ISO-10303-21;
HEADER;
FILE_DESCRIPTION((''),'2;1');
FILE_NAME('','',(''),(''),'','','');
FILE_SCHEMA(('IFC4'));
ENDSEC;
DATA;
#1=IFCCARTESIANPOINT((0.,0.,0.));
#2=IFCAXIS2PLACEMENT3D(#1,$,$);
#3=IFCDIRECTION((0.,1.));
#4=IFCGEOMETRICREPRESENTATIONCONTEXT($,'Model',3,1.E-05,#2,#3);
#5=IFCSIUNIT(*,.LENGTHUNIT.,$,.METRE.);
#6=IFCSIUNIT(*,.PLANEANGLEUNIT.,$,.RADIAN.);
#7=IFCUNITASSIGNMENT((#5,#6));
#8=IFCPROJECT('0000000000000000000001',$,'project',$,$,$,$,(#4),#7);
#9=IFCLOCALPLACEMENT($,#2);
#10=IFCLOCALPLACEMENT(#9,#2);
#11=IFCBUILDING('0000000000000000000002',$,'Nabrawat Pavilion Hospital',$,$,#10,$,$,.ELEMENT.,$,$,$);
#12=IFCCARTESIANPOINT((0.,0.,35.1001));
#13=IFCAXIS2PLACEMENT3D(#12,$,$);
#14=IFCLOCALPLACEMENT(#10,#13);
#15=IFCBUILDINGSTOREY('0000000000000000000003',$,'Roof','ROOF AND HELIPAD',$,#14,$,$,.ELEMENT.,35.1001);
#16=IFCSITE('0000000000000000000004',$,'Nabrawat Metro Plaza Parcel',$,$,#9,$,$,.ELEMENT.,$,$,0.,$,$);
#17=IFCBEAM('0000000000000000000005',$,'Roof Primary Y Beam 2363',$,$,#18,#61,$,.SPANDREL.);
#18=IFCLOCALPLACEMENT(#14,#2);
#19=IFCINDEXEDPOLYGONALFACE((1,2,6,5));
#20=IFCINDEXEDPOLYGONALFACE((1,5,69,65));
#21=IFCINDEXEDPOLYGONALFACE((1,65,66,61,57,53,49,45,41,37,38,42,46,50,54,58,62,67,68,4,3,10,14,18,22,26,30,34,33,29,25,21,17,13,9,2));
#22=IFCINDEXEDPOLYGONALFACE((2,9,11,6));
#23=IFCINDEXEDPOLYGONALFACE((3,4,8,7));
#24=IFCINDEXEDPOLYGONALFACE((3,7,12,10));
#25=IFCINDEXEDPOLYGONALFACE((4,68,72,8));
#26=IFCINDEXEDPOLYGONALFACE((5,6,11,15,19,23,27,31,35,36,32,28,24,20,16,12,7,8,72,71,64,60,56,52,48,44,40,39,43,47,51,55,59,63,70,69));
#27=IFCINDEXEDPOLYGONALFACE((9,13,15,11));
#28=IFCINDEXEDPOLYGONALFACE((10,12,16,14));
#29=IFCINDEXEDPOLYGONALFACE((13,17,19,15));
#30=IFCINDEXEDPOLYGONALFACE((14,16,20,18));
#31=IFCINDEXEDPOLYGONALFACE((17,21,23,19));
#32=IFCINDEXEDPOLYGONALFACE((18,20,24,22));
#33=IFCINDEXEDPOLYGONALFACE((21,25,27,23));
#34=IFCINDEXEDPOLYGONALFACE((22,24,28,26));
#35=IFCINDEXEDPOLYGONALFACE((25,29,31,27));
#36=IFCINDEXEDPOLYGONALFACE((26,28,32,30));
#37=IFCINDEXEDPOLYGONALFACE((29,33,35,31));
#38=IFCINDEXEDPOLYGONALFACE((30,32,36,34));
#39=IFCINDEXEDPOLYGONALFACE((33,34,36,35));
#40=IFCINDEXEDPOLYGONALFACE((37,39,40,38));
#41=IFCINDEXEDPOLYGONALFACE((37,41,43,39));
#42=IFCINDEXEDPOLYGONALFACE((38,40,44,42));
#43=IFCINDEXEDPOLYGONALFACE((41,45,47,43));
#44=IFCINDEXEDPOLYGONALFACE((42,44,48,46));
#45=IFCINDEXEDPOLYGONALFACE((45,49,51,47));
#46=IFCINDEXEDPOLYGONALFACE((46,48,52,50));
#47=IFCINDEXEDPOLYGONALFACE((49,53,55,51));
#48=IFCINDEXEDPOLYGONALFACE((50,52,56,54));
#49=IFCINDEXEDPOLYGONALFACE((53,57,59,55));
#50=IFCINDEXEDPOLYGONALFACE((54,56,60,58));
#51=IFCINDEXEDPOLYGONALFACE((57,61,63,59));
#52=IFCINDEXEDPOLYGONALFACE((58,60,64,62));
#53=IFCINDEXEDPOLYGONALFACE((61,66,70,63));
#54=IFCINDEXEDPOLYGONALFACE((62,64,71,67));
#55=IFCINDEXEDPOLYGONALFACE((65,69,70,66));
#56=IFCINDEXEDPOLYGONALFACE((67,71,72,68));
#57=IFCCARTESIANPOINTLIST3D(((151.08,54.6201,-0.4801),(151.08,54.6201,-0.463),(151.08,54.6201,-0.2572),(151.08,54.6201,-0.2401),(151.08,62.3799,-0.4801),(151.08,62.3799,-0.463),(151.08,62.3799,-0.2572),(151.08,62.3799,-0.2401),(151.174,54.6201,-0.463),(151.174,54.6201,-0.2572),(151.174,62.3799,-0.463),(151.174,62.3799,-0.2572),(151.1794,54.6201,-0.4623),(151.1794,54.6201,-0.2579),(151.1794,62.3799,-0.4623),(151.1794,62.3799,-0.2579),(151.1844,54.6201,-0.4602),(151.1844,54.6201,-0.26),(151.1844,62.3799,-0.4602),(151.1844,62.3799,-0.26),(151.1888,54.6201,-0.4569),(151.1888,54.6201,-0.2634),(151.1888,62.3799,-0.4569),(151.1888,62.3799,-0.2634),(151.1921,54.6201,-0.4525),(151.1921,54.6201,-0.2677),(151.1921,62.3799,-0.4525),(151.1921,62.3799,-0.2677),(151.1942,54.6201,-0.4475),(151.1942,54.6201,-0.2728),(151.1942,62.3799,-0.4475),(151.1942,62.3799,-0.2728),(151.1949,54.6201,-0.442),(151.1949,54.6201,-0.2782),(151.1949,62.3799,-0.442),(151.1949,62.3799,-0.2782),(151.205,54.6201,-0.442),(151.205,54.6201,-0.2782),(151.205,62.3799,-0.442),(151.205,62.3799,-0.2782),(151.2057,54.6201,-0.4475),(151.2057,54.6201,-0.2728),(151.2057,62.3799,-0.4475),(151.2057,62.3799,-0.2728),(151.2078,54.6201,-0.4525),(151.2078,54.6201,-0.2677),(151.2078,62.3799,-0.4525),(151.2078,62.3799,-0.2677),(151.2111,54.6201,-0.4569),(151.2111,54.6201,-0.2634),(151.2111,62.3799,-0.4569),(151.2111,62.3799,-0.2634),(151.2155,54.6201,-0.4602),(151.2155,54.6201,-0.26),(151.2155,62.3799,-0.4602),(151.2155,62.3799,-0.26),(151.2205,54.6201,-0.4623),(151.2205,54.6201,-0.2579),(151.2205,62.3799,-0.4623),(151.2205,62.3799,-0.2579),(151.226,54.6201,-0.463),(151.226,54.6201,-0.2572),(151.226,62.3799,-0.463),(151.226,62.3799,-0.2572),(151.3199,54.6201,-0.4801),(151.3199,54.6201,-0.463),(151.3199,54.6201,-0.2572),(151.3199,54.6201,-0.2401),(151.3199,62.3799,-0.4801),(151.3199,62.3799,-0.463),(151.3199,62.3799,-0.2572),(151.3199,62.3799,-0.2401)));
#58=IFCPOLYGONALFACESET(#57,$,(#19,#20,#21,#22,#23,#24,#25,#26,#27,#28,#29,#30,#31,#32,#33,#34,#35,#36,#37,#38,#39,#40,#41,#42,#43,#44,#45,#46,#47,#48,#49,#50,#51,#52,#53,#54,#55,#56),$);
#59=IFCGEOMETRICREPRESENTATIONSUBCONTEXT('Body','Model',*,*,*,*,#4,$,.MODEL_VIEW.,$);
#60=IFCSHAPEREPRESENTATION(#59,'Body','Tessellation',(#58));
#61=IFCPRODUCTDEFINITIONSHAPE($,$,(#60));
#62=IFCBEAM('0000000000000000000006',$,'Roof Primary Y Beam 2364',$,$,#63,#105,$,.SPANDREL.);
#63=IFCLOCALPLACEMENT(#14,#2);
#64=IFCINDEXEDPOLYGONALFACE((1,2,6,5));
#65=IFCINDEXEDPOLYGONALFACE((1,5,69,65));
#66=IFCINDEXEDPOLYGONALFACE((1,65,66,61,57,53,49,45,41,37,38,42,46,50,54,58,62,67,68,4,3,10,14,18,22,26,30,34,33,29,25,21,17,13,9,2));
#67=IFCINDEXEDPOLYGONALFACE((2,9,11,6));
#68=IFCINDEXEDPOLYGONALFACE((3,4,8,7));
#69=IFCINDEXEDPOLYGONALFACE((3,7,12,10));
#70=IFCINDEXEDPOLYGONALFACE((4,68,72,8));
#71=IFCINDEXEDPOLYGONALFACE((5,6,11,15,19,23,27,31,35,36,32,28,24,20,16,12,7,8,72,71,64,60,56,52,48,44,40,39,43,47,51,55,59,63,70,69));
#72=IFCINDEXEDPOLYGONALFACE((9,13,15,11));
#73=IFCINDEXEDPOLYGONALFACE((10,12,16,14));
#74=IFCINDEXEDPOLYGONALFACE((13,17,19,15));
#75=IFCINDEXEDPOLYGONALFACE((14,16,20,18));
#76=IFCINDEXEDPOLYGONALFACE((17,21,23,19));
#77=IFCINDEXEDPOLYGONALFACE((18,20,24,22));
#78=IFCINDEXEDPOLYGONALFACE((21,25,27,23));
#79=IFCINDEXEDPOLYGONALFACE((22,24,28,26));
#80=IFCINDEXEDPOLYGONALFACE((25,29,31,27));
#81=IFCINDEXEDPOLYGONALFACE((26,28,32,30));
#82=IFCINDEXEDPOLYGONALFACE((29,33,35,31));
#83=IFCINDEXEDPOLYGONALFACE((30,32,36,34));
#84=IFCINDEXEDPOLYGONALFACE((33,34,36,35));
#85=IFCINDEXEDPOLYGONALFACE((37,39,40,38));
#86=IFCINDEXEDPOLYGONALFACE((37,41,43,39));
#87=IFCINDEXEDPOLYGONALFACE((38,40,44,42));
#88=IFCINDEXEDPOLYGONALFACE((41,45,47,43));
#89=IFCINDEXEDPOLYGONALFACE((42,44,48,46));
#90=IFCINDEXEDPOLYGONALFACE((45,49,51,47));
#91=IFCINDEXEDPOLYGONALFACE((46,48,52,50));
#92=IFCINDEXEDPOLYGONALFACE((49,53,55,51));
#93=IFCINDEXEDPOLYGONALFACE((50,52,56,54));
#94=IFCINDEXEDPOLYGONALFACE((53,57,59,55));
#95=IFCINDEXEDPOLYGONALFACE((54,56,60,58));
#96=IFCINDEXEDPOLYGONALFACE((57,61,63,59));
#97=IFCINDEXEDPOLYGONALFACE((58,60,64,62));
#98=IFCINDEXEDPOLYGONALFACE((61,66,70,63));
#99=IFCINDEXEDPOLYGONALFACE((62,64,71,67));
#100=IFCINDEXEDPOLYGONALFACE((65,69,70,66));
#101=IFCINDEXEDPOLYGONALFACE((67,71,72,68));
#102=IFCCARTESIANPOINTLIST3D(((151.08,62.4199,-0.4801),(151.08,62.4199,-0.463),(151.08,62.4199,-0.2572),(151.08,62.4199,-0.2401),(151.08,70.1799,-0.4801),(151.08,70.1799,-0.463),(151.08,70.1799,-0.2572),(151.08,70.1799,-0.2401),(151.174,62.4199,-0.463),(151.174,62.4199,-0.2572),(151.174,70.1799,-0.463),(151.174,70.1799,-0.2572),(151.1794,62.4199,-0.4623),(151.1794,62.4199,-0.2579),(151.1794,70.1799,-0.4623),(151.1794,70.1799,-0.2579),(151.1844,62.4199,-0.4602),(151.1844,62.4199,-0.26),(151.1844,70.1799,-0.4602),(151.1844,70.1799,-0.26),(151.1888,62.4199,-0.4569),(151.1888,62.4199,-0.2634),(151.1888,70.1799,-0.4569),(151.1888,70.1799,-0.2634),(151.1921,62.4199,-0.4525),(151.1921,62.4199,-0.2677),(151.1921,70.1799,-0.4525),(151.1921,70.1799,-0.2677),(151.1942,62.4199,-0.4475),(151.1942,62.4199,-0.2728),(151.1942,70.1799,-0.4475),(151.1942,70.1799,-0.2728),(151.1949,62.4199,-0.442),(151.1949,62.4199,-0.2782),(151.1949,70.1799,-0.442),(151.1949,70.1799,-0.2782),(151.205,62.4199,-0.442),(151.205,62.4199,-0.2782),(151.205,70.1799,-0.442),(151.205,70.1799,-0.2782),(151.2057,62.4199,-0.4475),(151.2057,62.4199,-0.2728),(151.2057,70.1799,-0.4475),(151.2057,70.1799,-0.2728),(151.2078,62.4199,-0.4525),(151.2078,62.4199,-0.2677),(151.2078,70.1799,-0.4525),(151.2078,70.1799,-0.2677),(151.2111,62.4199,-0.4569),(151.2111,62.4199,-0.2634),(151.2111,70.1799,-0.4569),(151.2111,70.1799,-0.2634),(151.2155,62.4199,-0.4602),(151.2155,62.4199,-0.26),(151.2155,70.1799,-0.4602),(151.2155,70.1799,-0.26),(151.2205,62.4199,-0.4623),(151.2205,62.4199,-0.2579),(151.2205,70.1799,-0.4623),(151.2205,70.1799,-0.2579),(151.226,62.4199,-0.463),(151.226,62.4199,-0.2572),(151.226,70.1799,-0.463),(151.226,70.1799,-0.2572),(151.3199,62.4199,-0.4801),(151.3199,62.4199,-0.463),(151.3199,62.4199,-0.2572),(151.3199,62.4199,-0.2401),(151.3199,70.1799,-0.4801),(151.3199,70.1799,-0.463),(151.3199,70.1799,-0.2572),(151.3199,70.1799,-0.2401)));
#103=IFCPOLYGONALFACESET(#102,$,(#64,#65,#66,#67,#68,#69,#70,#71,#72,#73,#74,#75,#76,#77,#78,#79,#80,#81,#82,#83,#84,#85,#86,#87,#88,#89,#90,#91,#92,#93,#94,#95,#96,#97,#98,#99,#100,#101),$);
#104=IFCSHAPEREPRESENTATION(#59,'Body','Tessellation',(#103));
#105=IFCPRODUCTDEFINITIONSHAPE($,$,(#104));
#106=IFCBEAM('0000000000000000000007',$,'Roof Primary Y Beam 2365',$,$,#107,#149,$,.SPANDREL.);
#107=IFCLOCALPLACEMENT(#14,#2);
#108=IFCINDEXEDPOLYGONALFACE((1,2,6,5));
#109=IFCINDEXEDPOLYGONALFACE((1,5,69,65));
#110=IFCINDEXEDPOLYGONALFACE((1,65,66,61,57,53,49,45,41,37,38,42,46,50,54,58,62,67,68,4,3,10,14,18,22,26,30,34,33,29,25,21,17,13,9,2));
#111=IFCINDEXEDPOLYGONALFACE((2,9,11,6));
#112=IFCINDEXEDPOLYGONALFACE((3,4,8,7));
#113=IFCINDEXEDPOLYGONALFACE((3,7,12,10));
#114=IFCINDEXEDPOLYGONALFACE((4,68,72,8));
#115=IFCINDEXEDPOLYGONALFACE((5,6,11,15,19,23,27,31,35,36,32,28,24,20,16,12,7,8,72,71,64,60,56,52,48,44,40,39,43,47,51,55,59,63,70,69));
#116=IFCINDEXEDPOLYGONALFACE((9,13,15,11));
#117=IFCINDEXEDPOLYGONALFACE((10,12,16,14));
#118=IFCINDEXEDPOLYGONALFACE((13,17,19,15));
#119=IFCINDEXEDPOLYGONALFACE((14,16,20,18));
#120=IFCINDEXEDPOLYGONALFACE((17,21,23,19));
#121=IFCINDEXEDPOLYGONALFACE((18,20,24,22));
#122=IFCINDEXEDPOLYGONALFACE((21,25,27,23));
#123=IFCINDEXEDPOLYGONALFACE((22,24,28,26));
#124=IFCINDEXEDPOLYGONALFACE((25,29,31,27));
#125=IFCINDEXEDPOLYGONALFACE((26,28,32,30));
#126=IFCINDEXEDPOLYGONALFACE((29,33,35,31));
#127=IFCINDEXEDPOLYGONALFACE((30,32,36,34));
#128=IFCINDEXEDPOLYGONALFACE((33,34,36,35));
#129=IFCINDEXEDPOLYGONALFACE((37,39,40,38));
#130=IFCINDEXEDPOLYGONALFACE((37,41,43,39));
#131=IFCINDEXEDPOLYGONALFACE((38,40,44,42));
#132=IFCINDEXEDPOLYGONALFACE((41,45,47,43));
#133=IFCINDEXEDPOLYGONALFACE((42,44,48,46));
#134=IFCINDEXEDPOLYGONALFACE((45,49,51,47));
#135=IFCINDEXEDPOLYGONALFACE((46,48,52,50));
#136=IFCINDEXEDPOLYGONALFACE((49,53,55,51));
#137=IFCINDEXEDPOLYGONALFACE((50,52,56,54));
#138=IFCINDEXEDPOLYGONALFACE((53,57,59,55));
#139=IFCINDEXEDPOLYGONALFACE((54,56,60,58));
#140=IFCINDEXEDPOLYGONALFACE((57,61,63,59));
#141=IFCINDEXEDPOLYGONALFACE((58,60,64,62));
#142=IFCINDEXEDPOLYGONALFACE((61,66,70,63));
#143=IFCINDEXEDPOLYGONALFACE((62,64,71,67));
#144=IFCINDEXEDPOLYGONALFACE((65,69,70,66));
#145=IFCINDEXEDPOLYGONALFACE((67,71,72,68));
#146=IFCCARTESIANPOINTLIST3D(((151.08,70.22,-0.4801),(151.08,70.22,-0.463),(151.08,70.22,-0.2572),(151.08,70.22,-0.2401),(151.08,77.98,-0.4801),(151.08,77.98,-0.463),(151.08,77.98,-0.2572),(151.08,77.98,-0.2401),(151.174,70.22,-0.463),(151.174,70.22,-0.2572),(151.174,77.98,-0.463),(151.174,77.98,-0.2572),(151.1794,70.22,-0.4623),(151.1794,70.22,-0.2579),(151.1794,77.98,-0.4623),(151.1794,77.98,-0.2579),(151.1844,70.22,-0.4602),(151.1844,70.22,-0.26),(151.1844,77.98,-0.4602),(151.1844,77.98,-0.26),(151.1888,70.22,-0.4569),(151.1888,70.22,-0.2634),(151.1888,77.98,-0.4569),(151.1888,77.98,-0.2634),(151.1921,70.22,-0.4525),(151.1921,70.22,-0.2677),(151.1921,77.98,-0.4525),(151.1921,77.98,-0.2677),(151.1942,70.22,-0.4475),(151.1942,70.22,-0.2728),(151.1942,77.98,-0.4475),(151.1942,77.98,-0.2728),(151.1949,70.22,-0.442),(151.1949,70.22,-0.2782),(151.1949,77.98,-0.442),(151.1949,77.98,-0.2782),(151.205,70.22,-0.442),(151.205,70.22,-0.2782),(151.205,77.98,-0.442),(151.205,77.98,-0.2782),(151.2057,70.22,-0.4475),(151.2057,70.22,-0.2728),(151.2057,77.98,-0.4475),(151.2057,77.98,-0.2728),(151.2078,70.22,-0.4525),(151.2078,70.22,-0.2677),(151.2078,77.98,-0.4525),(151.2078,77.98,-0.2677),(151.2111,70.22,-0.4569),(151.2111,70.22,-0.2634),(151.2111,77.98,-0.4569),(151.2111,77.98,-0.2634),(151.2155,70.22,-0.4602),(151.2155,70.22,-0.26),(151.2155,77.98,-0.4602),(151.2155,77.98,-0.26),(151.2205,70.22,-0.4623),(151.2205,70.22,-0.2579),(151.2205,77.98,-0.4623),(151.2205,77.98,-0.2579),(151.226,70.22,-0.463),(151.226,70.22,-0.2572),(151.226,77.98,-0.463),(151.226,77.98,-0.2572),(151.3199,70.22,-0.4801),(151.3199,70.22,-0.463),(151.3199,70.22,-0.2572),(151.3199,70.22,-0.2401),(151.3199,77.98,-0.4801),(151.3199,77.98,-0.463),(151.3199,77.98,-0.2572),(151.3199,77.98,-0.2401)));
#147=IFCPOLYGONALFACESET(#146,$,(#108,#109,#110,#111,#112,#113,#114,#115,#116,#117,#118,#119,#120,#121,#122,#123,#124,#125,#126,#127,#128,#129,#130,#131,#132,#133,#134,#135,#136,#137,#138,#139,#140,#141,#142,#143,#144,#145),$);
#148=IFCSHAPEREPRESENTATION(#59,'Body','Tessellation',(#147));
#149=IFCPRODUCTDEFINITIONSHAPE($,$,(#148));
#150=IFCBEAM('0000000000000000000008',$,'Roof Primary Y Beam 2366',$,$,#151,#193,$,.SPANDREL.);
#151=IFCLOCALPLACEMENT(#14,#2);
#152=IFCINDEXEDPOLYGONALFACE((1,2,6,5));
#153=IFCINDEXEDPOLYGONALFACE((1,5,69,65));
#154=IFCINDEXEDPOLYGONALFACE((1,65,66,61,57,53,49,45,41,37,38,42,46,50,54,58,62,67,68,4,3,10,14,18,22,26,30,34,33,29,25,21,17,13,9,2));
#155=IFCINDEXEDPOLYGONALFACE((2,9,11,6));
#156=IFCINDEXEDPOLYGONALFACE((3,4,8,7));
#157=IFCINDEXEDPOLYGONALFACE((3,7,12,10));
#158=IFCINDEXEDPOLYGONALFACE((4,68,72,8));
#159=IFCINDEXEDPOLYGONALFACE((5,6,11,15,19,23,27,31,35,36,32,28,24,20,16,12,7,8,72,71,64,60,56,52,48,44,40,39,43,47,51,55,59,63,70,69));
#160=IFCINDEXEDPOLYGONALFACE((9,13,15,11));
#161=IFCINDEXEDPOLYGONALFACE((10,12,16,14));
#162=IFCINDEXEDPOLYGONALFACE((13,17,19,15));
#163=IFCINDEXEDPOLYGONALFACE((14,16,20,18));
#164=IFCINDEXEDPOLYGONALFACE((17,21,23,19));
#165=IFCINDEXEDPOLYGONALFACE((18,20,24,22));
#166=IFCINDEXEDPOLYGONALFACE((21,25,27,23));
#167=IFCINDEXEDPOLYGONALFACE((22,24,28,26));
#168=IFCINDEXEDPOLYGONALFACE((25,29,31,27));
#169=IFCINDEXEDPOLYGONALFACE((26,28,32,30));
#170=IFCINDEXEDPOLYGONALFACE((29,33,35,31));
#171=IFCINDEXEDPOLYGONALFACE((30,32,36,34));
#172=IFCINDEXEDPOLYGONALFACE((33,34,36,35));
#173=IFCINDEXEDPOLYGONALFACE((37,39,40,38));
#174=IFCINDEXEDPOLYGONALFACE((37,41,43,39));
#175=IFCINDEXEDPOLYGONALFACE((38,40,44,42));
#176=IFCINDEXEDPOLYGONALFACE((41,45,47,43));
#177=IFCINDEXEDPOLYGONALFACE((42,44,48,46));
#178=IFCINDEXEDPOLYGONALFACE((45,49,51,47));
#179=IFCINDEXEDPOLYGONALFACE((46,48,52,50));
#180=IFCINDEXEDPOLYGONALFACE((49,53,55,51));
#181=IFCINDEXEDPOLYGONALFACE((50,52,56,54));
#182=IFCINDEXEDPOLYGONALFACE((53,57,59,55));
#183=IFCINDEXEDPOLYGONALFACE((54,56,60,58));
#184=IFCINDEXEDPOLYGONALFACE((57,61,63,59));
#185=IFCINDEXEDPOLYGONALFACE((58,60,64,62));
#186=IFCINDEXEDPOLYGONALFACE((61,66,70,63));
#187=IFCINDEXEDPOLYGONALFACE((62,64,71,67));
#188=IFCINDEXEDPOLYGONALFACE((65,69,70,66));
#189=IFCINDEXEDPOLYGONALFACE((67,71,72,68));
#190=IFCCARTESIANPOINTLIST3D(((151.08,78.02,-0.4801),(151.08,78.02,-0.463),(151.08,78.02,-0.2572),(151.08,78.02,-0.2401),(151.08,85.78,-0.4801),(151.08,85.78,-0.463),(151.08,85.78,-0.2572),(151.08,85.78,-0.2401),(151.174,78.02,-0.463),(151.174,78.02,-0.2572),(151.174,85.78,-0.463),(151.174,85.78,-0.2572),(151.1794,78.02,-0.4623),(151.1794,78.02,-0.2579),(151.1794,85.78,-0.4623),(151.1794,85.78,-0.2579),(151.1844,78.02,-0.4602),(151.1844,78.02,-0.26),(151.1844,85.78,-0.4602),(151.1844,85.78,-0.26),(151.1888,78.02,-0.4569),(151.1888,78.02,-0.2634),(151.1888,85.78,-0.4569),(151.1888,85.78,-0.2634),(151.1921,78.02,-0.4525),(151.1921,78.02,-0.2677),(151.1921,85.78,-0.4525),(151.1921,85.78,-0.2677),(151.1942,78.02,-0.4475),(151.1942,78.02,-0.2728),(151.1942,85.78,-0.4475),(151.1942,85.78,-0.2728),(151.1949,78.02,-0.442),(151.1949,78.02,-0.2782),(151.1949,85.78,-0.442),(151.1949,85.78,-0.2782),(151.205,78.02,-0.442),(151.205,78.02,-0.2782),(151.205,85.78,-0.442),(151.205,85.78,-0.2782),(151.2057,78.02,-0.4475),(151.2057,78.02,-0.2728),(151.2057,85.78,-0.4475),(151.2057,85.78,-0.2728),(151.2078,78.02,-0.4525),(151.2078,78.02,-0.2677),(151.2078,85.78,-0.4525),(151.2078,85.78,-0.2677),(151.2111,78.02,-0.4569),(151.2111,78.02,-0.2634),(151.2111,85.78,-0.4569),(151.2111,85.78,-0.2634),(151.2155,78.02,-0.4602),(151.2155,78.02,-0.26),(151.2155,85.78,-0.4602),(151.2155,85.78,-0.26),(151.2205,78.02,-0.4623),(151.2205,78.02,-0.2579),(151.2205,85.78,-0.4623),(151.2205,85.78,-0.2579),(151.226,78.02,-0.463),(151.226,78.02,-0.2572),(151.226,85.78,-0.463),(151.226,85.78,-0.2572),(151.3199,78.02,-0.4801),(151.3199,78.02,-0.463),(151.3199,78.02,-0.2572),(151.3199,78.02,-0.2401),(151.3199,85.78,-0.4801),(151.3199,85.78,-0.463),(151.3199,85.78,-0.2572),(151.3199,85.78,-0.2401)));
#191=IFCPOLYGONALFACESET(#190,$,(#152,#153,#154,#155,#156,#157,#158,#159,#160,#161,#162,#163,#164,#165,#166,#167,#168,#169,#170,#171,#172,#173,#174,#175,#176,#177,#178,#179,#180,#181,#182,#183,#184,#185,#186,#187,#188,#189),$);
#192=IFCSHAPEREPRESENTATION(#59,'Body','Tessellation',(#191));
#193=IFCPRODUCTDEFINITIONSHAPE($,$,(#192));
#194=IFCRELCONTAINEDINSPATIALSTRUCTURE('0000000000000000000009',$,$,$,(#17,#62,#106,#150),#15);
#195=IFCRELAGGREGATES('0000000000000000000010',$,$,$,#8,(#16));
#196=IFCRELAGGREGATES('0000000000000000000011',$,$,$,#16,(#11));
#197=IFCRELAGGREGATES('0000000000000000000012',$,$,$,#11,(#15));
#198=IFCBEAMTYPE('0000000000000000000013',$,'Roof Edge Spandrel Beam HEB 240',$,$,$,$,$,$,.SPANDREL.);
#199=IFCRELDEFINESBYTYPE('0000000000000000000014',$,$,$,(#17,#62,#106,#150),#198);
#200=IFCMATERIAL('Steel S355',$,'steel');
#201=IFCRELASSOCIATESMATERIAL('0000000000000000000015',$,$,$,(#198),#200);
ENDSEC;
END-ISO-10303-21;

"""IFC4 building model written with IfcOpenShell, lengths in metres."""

from ifc_helpers import new_model, si_unit, direction, frame, origin, origin_2d, place, context, subcontext, project, spatial, i_section, extrude, material, material_profile, profile_set, type_object, element, save


model = new_model("IFC4")

# Units and contexts
model_context = context("Model", 3, precision=1e-05, world=origin(), true_north=direction((0.0, 1.0)))
body_context = subcontext(model_context, "Body", "Model", "MODEL_VIEW")
ifc_project = project(units=[si_unit("LENGTHUNIT", "METRE"), si_unit("PLANEANGLEUNIT", "RADIAN")], contexts=[model_context])

# Site, building, storey
site_placement = place(None, origin())
site = spatial("IfcSite", under=ifc_project, at=site_placement, Name="Nabrawat Metro Plaza Parcel", CompositionType="ELEMENT", RefElevation=0.0)
building_placement = place(site_placement, origin())
building = spatial("IfcBuilding", under=site, at=building_placement, Name="Nabrawat Pavilion Hospital", CompositionType="ELEMENT")
storey_placement = place(building_placement, frame((0.0, 0.0, 35.1001)))
storey = spatial("IfcBuildingStorey", under=building, at=storey_placement, Name="Roof", Description="ROOF AND HELIPAD", CompositionType="ELEMENT", Elevation=35.1001)

# Beams
ifc_material = material(Name="Steel S355", Category="steel")
ifc_material_profile_1 = material_profile(ifc_material, i_section(OverallWidth=0.24, OverallDepth=0.24, WebThickness=0.01, FlangeThickness=0.0171, FilletRadius=0.021, at=origin_2d()), Name="HEB 240")
ifc_profile_set_1 = profile_set([ifc_material_profile_1], Name="Steel S355")
beam_type_1 = type_object("IfcBeamType", Name="Roof Edge Spandrel Beam HEB 240", PredefinedType="SPANDREL", material=ifc_profile_set_1)
beam_1_placement = place(storey_placement, frame((151.2, 54.6201, -0.3601), z_axis=(0.0, 1.0, 0.0), x_axis=(-1.0, 0.0, 0.0)))
element("IfcBeam", 1, at=beam_1_placement, inside=storey, type_object=beam_type_1, Name="Roof Primary Y Beam 2363", PredefinedType="SPANDREL", context=body_context, shape_type="SweptSolid", body=[
    extrude(i_section(OverallWidth=0.24, OverallDepth=0.24, WebThickness=0.01, FlangeThickness=0.0171, FilletRadius=0.021, at=origin_2d()), origin(), (0.0, 0.0, 1.0), 7.7598),
])
for number, where, z_axis, x_axis, name in (
    (2, (151.2, 62.4199, -0.3601), (0.0, 1.0, 0.0), (-1.0, 0.0, 0.0), "Roof Primary Y Beam 2364"),
    (3, (151.2, 70.22, -0.3601), (0.0, 1.0, 0.0), (-1.0, 0.0, 0.0), "Roof Primary Y Beam 2365"),
    (4, (151.2, 78.02, -0.3601), (0.0, 1.0, 0.0), (-1.0, 0.0, 0.0), "Roof Primary Y Beam 2366"),
):
    element("IfcBeam", number, at=place(storey_placement, frame(where, z_axis=z_axis, x_axis=x_axis)), inside=storey, type_object=beam_type_1, Name=name, PredefinedType="SPANDREL", context=body_context, shape_type="SweptSolid", body=[
        extrude(i_section(OverallWidth=0.24, OverallDepth=0.24, WebThickness=0.01, FlangeThickness=0.0171, FilletRadius=0.021, at=origin_2d()), origin(), (0.0, 0.0, 1.0), 7.76),
    ])

save(model, "model.ifc")
